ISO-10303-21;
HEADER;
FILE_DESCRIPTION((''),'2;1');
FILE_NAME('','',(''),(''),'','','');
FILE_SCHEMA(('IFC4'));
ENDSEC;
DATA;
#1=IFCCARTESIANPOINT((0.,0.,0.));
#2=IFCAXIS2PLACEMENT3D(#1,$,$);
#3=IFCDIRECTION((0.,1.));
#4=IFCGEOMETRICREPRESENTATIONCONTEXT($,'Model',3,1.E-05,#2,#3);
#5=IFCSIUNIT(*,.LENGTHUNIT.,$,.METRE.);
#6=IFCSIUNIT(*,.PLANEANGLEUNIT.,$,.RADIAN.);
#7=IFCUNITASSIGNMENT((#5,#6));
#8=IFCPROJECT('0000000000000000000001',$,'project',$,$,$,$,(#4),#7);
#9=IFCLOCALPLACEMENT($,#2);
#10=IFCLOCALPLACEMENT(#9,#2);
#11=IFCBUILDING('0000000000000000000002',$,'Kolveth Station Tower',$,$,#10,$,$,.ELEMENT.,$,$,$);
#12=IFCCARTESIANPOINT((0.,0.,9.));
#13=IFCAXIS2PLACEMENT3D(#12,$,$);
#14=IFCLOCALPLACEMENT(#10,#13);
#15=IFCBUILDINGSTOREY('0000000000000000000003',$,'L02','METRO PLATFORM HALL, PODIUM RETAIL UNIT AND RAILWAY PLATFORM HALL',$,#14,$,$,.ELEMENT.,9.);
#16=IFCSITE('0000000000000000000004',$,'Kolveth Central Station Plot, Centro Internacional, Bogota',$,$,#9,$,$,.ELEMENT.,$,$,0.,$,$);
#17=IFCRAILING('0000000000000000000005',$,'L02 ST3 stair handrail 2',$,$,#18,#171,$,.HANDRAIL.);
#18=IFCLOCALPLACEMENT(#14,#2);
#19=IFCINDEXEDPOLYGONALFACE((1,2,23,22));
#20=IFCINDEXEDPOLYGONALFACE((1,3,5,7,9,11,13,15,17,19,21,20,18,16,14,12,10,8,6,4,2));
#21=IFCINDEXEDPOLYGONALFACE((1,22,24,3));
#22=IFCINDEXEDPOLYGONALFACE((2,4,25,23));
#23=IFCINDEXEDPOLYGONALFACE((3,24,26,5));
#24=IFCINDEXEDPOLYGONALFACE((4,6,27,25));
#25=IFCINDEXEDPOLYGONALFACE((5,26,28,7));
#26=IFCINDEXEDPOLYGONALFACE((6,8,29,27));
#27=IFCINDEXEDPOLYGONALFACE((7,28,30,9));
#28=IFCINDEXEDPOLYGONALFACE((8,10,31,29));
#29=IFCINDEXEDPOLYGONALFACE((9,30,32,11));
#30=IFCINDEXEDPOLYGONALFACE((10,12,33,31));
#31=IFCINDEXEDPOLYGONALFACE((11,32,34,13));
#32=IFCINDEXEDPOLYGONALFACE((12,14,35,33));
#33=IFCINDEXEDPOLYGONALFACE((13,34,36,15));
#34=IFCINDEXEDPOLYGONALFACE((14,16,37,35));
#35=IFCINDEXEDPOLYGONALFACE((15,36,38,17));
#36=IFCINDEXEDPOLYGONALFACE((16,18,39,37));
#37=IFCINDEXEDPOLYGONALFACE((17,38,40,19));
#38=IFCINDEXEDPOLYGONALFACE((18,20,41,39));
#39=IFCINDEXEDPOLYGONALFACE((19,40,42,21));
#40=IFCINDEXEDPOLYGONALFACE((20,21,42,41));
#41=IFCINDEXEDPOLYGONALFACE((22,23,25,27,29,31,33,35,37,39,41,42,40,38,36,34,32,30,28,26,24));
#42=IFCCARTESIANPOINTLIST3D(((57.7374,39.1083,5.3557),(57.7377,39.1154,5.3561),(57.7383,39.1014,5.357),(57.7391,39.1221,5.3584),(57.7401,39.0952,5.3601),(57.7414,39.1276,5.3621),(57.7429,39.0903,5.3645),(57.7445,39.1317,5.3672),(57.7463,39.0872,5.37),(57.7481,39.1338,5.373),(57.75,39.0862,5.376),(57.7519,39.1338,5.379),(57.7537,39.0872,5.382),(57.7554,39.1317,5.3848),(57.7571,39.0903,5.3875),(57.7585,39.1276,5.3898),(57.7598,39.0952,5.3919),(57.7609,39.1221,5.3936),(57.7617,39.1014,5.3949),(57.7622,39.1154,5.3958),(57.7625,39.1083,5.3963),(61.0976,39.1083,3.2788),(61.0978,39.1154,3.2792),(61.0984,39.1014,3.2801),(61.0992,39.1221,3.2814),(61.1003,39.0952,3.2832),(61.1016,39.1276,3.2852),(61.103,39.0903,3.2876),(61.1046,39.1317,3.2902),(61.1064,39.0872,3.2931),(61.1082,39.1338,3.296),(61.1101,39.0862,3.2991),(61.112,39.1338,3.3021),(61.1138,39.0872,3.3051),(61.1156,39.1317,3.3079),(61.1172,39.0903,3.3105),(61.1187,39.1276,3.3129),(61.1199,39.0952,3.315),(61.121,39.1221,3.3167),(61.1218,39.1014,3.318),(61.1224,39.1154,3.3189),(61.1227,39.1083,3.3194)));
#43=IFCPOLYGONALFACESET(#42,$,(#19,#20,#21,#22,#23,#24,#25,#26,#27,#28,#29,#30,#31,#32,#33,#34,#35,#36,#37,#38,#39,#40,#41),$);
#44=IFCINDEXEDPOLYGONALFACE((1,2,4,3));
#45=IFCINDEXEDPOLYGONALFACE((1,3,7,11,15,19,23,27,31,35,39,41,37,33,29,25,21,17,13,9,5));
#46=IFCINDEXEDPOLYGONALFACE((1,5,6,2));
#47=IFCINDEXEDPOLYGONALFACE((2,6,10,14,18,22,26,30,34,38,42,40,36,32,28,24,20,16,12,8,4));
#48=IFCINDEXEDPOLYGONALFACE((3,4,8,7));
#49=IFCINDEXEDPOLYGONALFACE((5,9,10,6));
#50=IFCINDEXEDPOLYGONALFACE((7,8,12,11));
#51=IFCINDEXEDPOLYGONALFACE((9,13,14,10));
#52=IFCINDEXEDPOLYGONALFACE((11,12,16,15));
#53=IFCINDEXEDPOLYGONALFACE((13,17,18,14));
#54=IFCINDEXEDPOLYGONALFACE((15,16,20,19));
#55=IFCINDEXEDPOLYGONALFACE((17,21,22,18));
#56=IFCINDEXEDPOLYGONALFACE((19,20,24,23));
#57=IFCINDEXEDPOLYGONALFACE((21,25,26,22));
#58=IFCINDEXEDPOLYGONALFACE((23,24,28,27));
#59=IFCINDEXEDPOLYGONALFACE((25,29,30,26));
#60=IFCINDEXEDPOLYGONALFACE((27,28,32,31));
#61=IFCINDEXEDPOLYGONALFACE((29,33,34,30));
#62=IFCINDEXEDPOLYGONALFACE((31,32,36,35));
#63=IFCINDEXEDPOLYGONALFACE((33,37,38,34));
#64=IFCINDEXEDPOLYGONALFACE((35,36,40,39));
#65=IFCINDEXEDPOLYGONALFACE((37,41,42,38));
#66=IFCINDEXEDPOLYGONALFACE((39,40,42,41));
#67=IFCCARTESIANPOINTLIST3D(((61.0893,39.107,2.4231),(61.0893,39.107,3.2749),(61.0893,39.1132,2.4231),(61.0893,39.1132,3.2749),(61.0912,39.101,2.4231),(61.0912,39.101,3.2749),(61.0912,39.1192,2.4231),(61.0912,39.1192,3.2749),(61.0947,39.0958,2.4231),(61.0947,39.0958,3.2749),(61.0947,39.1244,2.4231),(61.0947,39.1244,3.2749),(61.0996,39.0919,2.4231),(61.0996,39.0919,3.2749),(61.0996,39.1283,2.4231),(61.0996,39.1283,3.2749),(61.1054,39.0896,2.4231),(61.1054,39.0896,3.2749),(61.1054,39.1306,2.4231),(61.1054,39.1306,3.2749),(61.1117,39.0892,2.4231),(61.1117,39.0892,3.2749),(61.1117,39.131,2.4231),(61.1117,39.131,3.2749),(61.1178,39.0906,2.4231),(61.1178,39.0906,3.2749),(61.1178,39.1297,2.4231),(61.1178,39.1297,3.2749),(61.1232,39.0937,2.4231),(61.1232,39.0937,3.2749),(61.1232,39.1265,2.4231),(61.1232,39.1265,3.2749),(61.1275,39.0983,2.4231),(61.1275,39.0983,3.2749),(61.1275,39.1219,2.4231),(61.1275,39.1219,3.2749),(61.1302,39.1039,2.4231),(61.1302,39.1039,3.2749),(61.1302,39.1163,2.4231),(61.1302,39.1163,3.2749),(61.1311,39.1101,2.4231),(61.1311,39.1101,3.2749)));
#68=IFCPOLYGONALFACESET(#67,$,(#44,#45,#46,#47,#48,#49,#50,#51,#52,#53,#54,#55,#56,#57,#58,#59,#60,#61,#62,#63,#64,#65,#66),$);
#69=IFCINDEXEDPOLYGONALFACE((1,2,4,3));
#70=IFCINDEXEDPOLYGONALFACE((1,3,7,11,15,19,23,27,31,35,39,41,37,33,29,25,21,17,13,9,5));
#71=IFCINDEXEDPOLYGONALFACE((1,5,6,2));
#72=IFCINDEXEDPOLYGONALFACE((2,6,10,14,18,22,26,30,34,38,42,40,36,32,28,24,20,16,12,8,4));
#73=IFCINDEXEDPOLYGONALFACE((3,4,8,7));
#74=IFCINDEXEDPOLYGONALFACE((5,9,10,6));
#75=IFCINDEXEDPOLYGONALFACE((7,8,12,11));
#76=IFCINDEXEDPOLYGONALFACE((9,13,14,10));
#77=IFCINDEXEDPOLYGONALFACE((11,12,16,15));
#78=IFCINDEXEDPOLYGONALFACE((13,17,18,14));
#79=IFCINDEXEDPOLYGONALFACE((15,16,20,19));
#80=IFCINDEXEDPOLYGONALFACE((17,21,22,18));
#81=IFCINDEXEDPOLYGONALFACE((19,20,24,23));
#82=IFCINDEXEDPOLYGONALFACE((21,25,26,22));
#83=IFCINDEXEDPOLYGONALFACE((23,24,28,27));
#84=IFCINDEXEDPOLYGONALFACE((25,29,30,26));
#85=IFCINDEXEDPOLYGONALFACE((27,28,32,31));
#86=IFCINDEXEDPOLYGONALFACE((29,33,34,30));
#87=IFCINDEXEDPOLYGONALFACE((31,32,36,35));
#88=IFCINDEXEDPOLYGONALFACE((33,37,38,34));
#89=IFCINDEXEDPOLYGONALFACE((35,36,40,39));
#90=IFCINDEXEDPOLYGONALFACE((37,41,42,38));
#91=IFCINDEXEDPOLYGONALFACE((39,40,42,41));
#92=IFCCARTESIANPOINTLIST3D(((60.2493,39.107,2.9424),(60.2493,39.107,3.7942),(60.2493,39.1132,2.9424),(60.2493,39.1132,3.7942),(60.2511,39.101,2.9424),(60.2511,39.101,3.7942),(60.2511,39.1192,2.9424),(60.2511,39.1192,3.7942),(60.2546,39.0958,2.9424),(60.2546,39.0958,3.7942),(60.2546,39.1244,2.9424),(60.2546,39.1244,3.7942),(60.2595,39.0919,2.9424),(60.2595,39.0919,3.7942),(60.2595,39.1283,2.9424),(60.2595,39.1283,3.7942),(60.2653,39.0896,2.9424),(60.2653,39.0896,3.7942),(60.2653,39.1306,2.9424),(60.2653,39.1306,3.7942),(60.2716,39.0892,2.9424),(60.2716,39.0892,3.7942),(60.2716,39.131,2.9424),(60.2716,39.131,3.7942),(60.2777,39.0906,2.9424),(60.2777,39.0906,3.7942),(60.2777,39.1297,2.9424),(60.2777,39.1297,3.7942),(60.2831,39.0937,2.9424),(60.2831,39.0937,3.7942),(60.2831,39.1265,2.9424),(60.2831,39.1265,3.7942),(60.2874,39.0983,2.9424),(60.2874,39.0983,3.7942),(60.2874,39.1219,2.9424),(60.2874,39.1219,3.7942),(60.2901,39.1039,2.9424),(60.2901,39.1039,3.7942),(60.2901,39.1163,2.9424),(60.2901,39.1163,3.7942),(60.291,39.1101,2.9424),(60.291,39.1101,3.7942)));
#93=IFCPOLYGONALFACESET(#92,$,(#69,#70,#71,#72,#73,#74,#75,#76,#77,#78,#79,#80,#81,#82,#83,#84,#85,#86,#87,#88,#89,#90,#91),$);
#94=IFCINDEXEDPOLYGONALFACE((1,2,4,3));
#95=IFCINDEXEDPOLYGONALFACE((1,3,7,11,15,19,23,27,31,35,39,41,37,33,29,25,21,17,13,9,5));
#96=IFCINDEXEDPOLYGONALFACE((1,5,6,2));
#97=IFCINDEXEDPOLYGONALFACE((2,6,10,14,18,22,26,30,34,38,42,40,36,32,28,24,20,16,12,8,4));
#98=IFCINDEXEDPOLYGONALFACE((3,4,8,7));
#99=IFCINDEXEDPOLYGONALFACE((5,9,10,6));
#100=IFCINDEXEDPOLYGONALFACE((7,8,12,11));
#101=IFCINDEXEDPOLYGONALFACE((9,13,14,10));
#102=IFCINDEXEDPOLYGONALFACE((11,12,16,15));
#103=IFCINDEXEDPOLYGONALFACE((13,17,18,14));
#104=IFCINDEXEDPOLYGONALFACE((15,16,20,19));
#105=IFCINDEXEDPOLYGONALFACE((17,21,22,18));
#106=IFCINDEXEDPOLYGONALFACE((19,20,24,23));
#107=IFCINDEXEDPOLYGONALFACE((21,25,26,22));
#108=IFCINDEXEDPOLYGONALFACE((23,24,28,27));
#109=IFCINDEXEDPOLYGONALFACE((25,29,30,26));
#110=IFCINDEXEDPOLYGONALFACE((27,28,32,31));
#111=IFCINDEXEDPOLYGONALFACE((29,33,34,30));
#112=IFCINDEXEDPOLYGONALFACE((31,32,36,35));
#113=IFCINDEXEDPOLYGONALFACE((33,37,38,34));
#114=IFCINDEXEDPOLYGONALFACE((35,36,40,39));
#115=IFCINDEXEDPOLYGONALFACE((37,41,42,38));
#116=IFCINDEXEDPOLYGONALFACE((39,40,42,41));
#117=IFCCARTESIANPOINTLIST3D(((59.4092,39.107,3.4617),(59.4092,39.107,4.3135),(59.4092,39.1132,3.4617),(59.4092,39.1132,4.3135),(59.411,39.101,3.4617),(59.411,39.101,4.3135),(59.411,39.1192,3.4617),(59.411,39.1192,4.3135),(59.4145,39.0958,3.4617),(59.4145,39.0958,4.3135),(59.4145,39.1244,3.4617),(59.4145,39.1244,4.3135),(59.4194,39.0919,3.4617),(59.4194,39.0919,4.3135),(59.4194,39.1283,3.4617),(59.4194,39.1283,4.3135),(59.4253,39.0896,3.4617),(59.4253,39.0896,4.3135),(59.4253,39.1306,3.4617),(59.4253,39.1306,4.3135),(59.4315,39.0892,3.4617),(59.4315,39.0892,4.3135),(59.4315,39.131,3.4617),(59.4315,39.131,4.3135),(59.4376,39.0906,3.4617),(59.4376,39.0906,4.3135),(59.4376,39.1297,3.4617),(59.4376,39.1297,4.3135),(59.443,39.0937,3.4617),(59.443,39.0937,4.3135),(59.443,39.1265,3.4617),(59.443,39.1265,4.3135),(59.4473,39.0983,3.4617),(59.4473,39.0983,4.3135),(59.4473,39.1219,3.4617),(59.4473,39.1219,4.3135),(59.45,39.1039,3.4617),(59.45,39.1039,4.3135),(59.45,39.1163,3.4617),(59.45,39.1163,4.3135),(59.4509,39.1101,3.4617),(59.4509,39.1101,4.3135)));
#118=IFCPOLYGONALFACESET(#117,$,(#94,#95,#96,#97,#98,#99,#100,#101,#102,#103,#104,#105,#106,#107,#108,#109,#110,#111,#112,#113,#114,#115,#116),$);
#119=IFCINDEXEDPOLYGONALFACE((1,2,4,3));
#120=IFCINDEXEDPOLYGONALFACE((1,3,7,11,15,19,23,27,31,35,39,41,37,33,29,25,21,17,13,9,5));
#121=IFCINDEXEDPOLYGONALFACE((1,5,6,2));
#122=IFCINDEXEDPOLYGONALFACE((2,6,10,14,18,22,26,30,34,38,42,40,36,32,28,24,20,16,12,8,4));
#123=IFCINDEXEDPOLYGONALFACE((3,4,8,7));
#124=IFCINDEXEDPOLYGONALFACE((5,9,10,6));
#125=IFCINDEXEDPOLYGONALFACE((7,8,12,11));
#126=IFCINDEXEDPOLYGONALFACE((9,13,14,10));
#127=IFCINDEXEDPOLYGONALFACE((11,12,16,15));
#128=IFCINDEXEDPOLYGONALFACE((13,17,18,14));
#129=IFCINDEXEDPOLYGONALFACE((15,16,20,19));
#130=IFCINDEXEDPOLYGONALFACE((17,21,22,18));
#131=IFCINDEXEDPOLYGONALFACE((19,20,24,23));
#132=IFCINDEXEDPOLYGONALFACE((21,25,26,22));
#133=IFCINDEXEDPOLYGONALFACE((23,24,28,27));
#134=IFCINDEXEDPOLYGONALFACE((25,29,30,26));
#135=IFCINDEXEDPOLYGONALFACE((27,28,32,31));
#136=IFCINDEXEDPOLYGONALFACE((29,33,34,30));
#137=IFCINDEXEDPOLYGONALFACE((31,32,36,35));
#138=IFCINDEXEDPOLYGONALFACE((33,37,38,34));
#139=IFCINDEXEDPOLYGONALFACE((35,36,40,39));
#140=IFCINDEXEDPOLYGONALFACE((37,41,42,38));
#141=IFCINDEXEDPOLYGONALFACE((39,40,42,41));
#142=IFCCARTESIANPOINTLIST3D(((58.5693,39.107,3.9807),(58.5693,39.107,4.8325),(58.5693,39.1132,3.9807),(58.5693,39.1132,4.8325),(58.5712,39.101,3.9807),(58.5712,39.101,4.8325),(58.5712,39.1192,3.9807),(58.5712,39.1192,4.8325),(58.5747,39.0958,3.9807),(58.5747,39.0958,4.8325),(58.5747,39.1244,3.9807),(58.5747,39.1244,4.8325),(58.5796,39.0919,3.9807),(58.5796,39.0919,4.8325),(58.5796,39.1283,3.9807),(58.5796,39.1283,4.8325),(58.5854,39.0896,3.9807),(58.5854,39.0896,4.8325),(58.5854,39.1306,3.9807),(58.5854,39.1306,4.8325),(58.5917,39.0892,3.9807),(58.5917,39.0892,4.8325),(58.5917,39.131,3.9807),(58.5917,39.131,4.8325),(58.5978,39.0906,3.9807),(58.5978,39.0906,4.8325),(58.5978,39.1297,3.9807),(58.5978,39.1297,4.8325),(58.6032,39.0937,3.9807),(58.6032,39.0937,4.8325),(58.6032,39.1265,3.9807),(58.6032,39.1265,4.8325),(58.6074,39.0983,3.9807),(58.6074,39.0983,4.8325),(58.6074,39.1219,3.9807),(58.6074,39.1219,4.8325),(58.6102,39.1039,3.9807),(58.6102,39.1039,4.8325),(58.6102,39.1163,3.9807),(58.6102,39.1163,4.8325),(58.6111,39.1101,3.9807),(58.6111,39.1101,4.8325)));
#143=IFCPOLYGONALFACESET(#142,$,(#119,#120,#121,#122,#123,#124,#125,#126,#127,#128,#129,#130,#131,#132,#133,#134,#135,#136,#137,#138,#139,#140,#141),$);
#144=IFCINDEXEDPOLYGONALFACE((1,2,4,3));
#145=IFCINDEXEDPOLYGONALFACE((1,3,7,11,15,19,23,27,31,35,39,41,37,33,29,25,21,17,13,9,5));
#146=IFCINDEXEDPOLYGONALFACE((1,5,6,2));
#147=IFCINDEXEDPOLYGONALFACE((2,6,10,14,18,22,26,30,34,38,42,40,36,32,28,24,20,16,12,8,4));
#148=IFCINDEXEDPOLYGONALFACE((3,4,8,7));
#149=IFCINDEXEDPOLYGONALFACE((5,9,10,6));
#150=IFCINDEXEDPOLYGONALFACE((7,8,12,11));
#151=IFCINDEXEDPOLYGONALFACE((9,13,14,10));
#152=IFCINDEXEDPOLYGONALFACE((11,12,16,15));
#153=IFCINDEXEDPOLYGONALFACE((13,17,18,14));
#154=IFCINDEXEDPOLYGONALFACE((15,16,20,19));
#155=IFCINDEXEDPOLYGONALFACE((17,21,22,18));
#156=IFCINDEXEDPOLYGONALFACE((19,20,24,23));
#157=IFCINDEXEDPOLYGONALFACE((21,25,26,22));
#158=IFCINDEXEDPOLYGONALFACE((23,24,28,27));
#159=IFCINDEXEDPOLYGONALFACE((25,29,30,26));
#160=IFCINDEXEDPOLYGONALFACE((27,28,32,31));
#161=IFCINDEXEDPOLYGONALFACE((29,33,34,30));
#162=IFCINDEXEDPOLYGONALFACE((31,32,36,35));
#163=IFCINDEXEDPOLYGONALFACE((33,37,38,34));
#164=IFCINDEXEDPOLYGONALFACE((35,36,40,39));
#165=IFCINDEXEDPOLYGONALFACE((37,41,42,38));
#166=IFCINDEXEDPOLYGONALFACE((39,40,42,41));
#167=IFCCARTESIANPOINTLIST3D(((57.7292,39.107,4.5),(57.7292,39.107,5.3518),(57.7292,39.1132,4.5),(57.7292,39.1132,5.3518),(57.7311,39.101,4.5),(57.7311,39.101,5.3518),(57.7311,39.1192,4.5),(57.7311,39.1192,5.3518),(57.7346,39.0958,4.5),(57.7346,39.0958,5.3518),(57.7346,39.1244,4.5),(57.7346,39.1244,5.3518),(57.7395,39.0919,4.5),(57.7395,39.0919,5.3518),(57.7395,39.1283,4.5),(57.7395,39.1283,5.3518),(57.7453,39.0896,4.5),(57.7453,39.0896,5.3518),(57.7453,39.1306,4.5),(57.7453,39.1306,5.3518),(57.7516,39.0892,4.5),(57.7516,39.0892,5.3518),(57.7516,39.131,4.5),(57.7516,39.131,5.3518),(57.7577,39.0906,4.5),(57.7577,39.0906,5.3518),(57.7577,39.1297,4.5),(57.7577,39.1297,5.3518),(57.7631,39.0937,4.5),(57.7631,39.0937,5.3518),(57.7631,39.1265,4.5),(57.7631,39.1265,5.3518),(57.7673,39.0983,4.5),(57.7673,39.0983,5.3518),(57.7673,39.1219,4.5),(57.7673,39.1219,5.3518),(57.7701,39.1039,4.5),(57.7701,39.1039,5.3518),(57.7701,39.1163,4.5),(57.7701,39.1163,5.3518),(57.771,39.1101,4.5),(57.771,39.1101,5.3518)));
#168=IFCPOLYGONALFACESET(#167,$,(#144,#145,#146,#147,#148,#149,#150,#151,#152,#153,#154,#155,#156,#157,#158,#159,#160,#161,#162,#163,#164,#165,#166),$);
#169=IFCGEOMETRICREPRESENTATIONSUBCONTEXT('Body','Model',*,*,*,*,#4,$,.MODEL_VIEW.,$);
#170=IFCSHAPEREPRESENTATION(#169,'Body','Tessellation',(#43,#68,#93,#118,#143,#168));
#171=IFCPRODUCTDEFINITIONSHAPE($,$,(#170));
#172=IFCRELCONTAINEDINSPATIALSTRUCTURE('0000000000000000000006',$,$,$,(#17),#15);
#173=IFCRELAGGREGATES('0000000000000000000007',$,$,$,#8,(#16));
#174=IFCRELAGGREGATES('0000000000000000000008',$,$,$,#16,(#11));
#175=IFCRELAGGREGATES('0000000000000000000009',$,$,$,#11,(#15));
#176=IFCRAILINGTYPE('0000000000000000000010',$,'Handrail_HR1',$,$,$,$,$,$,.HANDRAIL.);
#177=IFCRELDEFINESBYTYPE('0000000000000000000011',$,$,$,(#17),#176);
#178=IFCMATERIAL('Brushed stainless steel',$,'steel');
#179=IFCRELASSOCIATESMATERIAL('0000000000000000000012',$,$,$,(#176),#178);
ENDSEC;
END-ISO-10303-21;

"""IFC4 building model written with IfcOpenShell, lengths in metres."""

from ifc_helpers import new_model, si_unit, direction, frame, origin, origin_2d, place, context, subcontext, project, spatial, circle, extrude, material, type_object, element, save


model = new_model("IFC4")

# Units and contexts
model_context = context("Model", 3, precision=1e-05, world=origin(), true_north=direction((0.0, 1.0)))
body_context = subcontext(model_context, "Body", "Model", "MODEL_VIEW")
ifc_project = project(units=[si_unit("LENGTHUNIT", "METRE"), si_unit("PLANEANGLEUNIT", "RADIAN")], contexts=[model_context])

# Site, building, storey
site_placement = place(None, origin())
site = spatial("IfcSite", under=ifc_project, at=site_placement, Name="Kolveth Central Station Plot, Centro Internacional, Bogota", CompositionType="ELEMENT", RefElevation=0.0)
building_placement = place(site_placement, origin())
building = spatial("IfcBuilding", under=site, at=building_placement, Name="Kolveth Station Tower", CompositionType="ELEMENT")
storey_placement = place(building_placement, frame((0.0, 0.0, 9.0)))
storey = spatial("IfcBuildingStorey", under=building, at=storey_placement, Name="L02", Description="METRO PLATFORM HALL, PODIUM RETAIL UNIT AND RAILWAY PLATFORM HALL", CompositionType="ELEMENT", Elevation=9.0)

# Railing
ifc_material_1 = material(Name="Brushed stainless steel", Category="steel")
railing_type_1 = type_object("IfcRailingType", Name="Handrail_HR1", PredefinedType="HANDRAIL", material=ifc_material_1)
railing_1_placement = place(storey_placement, frame((61.1101, 39.1101, 2.4231)))
element("IfcRailing", 1, at=railing_1_placement, inside=storey, type_object=railing_type_1, Name="L02 ST3 stair handrail 2", PredefinedType="HANDRAIL", context=body_context, shape_type="SweptSolid", body=[
    extrude(circle(Radius=0.0239, at=origin_2d()), frame((0.0, 0.0, 0.876), z_axis=(-0.850623, 0.0, 0.525776), x_axis=(0.0, -1.0, 0.0)), (0.0, 0.0, 1.0), 3.9502),
    extrude(circle(Radius=0.021, at=origin_2d()), origin(), (0.0, 0.0, 1.0), 0.8518),
    extrude(circle(Radius=0.021, at=origin_2d()), frame((-0.8401, 0.0, 0.5193)), (0.0, 0.0, 1.0), 0.8518),
    extrude(circle(Radius=0.021, at=origin_2d()), frame((-1.6802, 0.0, 1.0386)), (0.0, 0.0, 1.0), 0.8518),
    extrude(circle(Radius=0.021, at=origin_2d()), frame((-2.52, 0.0, 1.5576)), (0.0, 0.0, 1.0), 0.8518),
    extrude(circle(Radius=0.021, at=origin_2d()), frame((-3.3601, 0.0, 2.0769)), (0.0, 0.0, 1.0), 0.8518),
])

save(model, "model.ifc")
